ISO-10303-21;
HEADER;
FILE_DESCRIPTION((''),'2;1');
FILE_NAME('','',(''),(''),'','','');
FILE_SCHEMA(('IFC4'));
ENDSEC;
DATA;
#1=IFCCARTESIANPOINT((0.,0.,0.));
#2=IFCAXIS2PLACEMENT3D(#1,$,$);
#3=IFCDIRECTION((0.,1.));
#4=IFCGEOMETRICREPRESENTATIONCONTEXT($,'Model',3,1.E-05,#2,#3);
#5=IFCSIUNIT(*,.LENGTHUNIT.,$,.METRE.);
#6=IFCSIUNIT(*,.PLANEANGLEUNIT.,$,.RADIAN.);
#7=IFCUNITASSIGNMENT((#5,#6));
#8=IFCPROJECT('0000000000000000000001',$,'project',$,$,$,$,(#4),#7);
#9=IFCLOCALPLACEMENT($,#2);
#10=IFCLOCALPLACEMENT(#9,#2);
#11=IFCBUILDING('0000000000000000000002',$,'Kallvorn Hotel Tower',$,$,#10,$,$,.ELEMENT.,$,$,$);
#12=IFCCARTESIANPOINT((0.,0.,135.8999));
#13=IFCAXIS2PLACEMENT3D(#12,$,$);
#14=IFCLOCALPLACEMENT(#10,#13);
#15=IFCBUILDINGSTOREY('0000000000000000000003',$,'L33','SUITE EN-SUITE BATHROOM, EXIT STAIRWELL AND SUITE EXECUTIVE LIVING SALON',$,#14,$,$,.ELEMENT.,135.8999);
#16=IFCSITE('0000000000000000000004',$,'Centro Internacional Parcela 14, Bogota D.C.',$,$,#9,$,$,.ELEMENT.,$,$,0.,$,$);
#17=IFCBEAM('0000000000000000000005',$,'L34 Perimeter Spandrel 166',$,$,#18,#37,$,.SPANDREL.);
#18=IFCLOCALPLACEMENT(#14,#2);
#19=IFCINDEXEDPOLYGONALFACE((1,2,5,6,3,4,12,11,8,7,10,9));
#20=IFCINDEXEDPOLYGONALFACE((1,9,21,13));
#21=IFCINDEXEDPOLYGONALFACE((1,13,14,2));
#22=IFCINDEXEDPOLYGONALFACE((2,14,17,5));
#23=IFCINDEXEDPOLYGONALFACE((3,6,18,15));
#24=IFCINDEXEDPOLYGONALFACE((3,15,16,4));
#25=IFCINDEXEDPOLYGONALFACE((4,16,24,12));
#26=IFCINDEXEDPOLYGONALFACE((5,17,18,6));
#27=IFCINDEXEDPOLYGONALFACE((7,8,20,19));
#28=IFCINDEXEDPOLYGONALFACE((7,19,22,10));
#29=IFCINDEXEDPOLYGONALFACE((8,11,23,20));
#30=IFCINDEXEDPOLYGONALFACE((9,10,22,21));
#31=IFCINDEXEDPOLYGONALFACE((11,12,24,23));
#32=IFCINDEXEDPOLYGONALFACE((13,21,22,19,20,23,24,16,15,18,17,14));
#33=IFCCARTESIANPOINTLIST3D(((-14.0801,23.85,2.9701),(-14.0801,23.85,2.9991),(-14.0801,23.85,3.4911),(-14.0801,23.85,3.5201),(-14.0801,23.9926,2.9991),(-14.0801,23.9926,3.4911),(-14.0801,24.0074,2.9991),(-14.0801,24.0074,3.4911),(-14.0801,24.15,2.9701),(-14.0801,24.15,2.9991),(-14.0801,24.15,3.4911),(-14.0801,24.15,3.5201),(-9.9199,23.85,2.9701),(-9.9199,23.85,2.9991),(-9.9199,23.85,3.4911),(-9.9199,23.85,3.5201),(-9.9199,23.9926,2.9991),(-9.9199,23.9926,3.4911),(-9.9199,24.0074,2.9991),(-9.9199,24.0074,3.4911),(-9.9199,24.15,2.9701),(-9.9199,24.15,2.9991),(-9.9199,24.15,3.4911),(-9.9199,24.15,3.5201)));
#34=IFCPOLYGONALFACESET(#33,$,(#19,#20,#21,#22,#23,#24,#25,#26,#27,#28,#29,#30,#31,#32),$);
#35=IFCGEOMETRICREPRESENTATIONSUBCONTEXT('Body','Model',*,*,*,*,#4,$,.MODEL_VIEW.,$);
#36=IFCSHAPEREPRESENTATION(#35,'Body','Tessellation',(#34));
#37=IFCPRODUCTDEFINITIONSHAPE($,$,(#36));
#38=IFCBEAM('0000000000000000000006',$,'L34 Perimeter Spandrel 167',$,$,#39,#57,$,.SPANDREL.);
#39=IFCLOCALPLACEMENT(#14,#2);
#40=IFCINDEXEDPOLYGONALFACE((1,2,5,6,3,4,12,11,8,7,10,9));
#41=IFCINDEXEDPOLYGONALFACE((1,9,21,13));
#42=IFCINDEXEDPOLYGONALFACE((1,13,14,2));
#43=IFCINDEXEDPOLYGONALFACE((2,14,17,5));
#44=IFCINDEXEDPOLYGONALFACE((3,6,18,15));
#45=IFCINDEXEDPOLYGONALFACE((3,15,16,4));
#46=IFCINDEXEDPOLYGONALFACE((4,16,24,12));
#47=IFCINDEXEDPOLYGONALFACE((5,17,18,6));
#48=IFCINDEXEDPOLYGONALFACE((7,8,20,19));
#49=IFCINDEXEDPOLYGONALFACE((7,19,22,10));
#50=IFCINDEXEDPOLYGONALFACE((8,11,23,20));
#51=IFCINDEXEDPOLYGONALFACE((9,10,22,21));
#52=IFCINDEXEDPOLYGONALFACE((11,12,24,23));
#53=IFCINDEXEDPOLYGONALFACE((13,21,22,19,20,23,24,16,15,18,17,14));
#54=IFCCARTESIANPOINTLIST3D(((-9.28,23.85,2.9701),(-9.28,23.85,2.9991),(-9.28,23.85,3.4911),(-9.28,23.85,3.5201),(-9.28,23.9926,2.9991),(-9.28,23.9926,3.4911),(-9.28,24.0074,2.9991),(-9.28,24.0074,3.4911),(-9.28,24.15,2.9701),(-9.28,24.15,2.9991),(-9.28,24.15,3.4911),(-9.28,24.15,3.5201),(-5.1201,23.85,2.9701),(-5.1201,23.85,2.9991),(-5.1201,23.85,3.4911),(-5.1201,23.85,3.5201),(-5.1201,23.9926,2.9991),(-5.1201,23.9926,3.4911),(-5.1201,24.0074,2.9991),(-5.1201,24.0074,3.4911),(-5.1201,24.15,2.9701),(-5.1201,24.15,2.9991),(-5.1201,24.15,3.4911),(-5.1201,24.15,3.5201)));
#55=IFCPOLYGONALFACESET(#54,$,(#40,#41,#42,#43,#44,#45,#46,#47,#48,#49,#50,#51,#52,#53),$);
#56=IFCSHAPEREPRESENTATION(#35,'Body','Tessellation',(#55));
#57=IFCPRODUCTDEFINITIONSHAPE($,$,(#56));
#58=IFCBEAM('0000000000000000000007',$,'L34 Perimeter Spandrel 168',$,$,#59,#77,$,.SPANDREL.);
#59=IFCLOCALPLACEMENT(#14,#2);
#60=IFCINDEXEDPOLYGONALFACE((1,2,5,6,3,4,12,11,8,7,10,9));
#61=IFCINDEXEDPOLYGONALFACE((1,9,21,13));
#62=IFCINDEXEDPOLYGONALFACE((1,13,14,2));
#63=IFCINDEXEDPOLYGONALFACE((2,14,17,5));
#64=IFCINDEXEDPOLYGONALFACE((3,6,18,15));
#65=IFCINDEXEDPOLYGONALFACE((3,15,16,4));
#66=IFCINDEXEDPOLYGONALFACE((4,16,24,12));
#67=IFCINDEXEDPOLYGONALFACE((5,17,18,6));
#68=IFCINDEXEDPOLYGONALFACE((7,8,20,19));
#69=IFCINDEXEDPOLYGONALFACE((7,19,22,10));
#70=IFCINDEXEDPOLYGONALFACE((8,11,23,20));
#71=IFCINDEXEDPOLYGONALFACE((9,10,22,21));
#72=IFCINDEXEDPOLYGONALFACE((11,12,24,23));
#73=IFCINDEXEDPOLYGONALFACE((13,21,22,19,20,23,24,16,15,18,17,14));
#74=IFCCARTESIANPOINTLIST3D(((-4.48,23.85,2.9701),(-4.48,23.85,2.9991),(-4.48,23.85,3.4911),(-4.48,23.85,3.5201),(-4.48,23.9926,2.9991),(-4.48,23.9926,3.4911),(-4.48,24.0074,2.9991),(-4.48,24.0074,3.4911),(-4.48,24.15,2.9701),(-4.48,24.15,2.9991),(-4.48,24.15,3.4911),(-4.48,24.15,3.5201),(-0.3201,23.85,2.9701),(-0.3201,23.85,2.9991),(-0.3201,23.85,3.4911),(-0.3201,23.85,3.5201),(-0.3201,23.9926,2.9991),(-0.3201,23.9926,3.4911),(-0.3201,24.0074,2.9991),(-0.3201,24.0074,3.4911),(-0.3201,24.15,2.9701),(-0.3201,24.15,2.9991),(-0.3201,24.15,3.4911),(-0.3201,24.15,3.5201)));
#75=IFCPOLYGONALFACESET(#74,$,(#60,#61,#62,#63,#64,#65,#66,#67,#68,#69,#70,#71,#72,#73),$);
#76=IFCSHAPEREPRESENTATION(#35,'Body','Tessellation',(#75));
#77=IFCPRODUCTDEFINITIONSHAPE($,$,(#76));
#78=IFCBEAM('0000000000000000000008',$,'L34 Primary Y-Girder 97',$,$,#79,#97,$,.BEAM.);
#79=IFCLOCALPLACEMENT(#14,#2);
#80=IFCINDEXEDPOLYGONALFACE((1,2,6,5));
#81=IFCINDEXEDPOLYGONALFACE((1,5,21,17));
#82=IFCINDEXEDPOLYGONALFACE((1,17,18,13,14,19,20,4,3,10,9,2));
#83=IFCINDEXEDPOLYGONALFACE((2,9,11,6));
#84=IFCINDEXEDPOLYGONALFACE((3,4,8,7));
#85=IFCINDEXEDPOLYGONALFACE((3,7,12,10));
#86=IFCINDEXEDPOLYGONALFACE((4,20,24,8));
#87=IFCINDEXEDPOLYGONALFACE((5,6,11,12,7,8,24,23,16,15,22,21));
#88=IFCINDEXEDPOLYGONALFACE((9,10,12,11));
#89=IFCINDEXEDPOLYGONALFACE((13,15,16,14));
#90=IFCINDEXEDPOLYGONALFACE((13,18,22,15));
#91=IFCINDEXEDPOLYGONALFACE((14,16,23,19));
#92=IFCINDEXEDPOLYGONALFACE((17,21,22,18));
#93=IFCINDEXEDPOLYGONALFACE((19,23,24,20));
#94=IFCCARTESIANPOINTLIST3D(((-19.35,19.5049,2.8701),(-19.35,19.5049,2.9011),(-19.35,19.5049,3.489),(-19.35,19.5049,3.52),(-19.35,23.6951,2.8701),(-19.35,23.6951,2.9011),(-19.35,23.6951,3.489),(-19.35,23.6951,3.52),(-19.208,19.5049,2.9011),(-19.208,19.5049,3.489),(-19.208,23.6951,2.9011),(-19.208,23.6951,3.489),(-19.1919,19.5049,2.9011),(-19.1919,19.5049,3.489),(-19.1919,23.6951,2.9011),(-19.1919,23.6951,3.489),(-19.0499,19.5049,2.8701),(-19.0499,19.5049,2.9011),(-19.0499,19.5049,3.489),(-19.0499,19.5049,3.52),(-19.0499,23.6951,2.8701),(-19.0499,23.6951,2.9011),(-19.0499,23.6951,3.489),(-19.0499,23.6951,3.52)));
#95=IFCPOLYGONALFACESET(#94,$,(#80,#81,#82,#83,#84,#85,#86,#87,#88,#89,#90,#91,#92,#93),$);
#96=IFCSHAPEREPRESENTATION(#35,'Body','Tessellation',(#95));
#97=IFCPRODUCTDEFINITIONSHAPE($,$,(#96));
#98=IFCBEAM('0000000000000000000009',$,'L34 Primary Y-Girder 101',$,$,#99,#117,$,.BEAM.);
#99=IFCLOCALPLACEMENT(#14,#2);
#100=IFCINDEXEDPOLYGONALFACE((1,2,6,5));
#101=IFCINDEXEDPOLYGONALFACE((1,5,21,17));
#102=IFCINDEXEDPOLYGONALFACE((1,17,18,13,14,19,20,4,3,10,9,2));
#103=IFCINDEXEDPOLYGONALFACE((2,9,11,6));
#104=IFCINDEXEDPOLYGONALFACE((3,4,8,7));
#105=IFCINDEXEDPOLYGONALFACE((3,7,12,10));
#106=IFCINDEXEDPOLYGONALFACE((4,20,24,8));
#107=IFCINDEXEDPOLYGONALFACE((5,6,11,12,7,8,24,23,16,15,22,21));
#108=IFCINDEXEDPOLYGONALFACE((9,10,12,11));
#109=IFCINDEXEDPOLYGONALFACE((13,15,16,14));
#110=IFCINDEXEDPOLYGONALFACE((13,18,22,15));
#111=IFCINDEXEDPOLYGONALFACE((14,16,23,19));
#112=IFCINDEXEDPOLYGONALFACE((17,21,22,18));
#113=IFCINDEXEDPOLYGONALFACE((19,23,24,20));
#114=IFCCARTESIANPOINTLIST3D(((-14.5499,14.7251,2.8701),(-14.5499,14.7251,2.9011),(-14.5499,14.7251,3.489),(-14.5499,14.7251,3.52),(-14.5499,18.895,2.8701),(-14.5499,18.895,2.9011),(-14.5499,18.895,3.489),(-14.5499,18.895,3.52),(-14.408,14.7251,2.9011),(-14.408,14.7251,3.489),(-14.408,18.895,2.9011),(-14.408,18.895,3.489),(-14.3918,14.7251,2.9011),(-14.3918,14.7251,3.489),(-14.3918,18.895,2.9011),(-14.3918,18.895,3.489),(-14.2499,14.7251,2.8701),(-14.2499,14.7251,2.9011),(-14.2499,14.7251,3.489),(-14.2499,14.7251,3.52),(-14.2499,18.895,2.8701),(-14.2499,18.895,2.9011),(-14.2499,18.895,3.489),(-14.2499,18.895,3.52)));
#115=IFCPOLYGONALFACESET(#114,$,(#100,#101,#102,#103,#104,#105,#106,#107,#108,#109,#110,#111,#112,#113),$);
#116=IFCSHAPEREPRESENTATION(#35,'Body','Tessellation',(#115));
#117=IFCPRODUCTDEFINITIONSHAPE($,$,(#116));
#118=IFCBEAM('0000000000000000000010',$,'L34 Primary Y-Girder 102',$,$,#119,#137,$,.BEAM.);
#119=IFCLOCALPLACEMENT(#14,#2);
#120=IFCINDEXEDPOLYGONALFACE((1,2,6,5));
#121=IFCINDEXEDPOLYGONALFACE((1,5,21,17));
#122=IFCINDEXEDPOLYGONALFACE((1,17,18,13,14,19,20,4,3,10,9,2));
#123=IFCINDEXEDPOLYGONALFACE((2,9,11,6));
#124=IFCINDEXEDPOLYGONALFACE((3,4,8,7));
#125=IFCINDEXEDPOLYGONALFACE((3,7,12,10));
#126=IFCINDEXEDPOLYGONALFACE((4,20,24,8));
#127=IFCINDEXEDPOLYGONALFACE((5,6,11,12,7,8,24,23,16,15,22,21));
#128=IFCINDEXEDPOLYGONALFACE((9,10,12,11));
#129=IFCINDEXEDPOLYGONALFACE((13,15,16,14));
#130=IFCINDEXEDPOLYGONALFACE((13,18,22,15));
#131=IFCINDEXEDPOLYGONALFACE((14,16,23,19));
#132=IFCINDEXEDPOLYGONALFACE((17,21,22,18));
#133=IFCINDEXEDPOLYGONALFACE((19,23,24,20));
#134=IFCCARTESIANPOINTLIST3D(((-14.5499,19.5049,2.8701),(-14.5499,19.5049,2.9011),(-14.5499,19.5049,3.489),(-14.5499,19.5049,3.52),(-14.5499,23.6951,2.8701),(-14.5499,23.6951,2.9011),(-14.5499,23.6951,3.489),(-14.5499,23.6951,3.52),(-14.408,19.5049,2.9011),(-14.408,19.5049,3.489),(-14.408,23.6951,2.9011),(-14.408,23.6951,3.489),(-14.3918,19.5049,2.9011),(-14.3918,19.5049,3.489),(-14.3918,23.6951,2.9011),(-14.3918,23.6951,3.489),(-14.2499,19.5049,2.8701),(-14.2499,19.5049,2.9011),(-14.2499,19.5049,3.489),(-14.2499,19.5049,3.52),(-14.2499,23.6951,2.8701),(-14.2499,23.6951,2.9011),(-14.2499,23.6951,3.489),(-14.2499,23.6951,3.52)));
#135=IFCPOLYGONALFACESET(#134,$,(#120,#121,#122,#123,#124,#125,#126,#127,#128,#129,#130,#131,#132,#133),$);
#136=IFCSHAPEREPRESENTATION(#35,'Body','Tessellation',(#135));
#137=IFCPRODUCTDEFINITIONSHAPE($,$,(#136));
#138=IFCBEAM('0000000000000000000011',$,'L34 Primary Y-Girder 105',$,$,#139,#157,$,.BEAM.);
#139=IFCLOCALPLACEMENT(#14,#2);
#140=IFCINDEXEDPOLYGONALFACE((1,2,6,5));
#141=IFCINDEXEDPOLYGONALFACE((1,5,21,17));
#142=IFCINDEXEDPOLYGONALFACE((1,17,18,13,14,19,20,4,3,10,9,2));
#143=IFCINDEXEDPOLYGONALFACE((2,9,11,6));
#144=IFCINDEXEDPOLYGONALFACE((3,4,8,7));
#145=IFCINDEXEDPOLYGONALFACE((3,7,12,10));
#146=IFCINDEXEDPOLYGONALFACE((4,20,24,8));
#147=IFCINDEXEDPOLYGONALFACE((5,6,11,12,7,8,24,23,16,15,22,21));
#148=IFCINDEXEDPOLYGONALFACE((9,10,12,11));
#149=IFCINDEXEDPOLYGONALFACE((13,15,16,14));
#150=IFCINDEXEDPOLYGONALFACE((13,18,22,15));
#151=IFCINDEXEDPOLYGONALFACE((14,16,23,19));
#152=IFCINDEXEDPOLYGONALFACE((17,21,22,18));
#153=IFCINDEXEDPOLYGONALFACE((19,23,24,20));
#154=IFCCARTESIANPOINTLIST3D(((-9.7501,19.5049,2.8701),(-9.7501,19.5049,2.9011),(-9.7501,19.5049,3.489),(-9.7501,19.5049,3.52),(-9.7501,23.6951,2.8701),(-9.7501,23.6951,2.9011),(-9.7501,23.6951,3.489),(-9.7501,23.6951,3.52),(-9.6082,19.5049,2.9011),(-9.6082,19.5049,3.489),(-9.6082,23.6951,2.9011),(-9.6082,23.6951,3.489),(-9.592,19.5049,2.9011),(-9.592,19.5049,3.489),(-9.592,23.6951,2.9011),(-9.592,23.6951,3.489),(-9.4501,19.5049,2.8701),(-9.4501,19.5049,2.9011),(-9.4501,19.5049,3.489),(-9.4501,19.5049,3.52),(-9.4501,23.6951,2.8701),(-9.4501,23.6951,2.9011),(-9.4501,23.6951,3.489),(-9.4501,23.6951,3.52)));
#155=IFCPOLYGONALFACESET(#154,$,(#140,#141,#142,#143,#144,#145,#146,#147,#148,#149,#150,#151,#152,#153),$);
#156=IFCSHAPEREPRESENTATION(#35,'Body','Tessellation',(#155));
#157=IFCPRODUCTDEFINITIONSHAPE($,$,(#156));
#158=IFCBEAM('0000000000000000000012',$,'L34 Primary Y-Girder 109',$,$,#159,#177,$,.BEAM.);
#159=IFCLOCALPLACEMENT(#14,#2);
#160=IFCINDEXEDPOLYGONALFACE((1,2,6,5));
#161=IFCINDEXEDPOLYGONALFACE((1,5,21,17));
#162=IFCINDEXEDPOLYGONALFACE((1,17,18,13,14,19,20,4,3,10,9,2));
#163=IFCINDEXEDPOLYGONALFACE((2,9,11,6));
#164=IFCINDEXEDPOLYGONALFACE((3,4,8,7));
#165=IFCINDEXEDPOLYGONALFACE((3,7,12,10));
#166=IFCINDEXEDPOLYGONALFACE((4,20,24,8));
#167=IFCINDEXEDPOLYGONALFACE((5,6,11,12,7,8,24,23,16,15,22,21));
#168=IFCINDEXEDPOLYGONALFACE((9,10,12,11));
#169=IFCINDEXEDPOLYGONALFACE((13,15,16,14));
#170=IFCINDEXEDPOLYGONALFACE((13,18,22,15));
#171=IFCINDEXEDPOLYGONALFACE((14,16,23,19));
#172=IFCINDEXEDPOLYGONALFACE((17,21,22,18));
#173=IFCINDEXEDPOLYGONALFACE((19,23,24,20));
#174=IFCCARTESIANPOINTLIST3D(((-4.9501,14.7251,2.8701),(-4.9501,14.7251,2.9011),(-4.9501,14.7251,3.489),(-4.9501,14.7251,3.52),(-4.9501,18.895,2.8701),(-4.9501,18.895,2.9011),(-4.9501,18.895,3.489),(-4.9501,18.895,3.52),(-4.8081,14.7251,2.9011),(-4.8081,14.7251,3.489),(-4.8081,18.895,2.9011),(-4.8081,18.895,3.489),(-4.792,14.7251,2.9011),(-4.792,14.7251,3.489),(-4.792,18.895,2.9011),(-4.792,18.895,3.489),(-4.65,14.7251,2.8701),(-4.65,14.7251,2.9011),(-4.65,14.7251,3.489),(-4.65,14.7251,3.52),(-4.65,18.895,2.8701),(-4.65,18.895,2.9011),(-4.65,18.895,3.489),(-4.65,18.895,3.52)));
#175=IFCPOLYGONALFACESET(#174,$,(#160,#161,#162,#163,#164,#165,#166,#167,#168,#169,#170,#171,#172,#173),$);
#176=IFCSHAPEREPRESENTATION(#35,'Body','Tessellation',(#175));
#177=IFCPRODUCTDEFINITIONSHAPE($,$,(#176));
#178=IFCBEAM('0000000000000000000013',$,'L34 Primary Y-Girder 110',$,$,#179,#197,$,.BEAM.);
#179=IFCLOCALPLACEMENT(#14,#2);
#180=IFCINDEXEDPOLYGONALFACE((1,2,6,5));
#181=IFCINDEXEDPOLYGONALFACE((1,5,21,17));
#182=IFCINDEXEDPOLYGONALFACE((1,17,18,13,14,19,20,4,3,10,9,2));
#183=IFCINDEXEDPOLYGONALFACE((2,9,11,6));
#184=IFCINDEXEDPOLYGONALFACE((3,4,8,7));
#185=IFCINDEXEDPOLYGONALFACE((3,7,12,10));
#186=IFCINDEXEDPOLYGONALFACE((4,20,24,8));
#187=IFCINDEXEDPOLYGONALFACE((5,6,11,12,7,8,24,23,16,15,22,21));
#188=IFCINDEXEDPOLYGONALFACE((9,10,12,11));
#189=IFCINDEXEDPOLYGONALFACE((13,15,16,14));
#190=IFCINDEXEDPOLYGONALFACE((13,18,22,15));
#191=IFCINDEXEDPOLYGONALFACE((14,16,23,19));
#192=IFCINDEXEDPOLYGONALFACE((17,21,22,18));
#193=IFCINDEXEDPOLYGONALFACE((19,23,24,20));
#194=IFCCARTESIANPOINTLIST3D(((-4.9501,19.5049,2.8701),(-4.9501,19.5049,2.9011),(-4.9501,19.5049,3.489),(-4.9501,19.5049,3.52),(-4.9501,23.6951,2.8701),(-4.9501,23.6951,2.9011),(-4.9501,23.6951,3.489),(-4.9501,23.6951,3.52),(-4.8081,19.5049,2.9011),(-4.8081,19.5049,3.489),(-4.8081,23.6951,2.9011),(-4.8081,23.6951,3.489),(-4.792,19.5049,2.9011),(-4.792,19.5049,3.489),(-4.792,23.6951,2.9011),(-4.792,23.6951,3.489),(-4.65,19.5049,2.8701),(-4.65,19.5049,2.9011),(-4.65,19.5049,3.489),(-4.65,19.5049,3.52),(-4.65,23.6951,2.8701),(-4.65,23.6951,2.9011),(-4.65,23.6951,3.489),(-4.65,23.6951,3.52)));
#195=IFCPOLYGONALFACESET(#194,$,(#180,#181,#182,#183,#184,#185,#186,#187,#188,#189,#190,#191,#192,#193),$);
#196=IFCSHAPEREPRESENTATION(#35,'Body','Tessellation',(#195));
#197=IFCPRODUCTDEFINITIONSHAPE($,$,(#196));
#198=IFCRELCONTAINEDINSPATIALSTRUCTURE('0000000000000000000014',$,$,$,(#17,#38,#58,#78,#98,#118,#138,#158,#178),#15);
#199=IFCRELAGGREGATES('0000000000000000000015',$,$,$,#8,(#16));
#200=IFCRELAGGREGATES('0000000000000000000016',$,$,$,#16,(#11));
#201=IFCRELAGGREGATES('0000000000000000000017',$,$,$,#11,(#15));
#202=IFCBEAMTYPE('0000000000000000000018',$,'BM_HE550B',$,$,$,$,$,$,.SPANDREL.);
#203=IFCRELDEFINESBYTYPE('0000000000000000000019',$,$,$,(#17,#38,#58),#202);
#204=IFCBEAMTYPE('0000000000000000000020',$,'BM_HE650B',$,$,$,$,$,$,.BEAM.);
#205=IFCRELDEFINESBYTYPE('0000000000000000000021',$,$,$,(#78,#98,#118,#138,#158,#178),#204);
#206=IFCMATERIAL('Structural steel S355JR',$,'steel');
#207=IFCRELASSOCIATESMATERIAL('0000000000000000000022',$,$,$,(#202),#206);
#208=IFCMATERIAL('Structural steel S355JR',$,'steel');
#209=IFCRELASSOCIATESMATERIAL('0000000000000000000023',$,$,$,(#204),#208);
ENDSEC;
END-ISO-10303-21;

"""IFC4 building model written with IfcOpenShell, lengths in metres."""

from ifc_helpers import new_model, si_unit, direction, frame, origin, origin_2d, place, context, subcontext, project, spatial, i_section, extrude, material, material_profile, profile_set, type_object, element, save


model = new_model("IFC4")

# Units and contexts
model_context = context("Model", 3, precision=1e-05, world=origin(), true_north=direction((0.0, 1.0)))
body_context = subcontext(model_context, "Body", "Model", "MODEL_VIEW")
ifc_project = project(units=[si_unit("LENGTHUNIT", "METRE"), si_unit("PLANEANGLEUNIT", "RADIAN")], contexts=[model_context])

# Site, building, storey
site_placement = place(None, origin())
site = spatial("IfcSite", under=ifc_project, at=site_placement, Name="Centro Internacional Parcela 14, Bogota D.C.", CompositionType="ELEMENT", RefElevation=0.0)
building_placement = place(site_placement, origin())
building = spatial("IfcBuilding", under=site, at=building_placement, Name="Kallvorn Hotel Tower", CompositionType="ELEMENT")
storey_placement = place(building_placement, frame((0.0, 0.0, 135.8999)))
storey = spatial("IfcBuildingStorey", under=building, at=storey_placement, Name="L33", Description="SUITE EN-SUITE BATHROOM, EXIT STAIRWELL AND SUITE EXECUTIVE LIVING SALON", CompositionType="ELEMENT", Elevation=135.8999)

# Beams
ifc_material_1 = material(Name="Structural steel S355JR", Category="steel")
ifc_material_profile_1 = material_profile(ifc_material_1, i_section(OverallWidth=0.3, OverallDepth=0.55, WebThickness=0.0149, FlangeThickness=0.0291, at=origin_2d()), Name="HE 550 B")
ifc_profile_set_1 = profile_set([ifc_material_profile_1], Name="Structural steel S355JR")
beam_type_1 = type_object("IfcBeamType", Name="BM_HE550B", PredefinedType="SPANDREL", material=ifc_profile_set_1)
beam_1_placement = place(storey_placement, frame((-14.0801, 24.0, 3.2451), z_axis=(1.0, 0.0, 0.0), x_axis=(0.0, 1.0, 0.0)))
element("IfcBeam", 1, at=beam_1_placement, inside=storey, type_object=beam_type_1, Name="L34 Perimeter Spandrel 166", PredefinedType="SPANDREL", context=body_context, shape_type="SweptSolid", body=[
    extrude(i_section(OverallWidth=0.3, OverallDepth=0.55, WebThickness=0.0149, FlangeThickness=0.0291, at=origin_2d()), origin(), (0.0, 0.0, 1.0), 4.1602),
])
for number, where, z_axis, x_axis, name in (
    (2, (-9.28, 24.0, 3.2451), (1.0, 0.0, 0.0), (0.0, 1.0, 0.0), "L34 Perimeter Spandrel 167"),
    (3, (-4.48, 24.0, 3.2451), (1.0, 0.0, 0.0), (0.0, 1.0, 0.0), "L34 Perimeter Spandrel 168"),
):
    element("IfcBeam", number, at=place(storey_placement, frame(where, z_axis=z_axis, x_axis=x_axis)), inside=storey, type_object=beam_type_1, Name=name, PredefinedType="SPANDREL", context=body_context, shape_type="SweptSolid", body=[
        extrude(i_section(OverallWidth=0.3, OverallDepth=0.55, WebThickness=0.0149, FlangeThickness=0.0291, at=origin_2d()), origin(), (0.0, 0.0, 1.0), 4.1599),
    ])
ifc_material_2 = material(Name="Structural steel S355JR", Category="steel")
ifc_material_profile_2 = material_profile(ifc_material_2, i_section(OverallWidth=0.3, OverallDepth=0.6499, WebThickness=0.0161, FlangeThickness=0.031, at=origin_2d()), Name="HE 650 B")
ifc_profile_set_2 = profile_set([ifc_material_profile_2], Name="Structural steel S355JR")
beam_type_2 = type_object("IfcBeamType", Name="BM_HE650B", PredefinedType="BEAM", material=ifc_profile_set_2)
beam_2_placement = place(storey_placement, frame((-19.2, 19.5049, 3.1951), z_axis=(0.0, 1.0, 0.0), x_axis=(-1.0, 0.0, 0.0)))
element("IfcBeam", 4, at=beam_2_placement, inside=storey, type_object=beam_type_2, Name="L34 Primary Y-Girder 97", PredefinedType="BEAM", context=body_context, shape_type="SweptSolid", body=[
    extrude(i_section(OverallWidth=0.3, OverallDepth=0.6499, WebThickness=0.0161, FlangeThickness=0.031, at=origin_2d()), origin(), (0.0, 0.0, 1.0), 4.1902),
])
beam_3_placement = place(storey_placement, frame((-14.3999, 14.7251, 3.1951), z_axis=(0.0, 1.0, 0.0), x_axis=(-1.0, 0.0, 0.0)))
element("IfcBeam", 5, at=beam_3_placement, inside=storey, type_object=beam_type_2, Name="L34 Primary Y-Girder 101", PredefinedType="BEAM", context=body_context, shape_type="SweptSolid", body=[
    extrude(i_section(OverallWidth=0.3, OverallDepth=0.6499, WebThickness=0.0161, FlangeThickness=0.031, at=origin_2d()), origin(), (0.0, 0.0, 1.0), 4.1699),
])
for number, where, z_axis, x_axis, name in (
    (6, (-14.3999, 19.5049, 3.1951), (0.0, 1.0, 0.0), (-1.0, 0.0, 0.0), "L34 Primary Y-Girder 102"),
    (7, (-9.6001, 19.5049, 3.1951), (0.0, 1.0, 0.0), (-1.0, 0.0, 0.0), "L34 Primary Y-Girder 105"),
):
    element("IfcBeam", number, at=place(storey_placement, frame(where, z_axis=z_axis, x_axis=x_axis)), inside=storey, type_object=beam_type_2, Name=name, PredefinedType="BEAM", context=body_context, shape_type="SweptSolid", body=[
        extrude(i_section(OverallWidth=0.3, OverallDepth=0.6499, WebThickness=0.0161, FlangeThickness=0.031, at=origin_2d()), origin(), (0.0, 0.0, 1.0), 4.1902),
    ])
beam_4_placement = place(storey_placement, frame((-4.8, 14.7251, 3.1951), z_axis=(0.0, 1.0, 0.0), x_axis=(-1.0, 0.0, 0.0)))
element("IfcBeam", 8, at=beam_4_placement, inside=storey, type_object=beam_type_2, Name="L34 Primary Y-Girder 109", PredefinedType="BEAM", context=body_context, shape_type="SweptSolid", body=[
    extrude(i_section(OverallWidth=0.3, OverallDepth=0.6499, WebThickness=0.0161, FlangeThickness=0.031, at=origin_2d()), origin(), (0.0, 0.0, 1.0), 4.1699),
])
beam_5_placement = place(storey_placement, frame((-4.8, 19.5049, 3.1951), z_axis=(0.0, 1.0, 0.0), x_axis=(-1.0, 0.0, 0.0)))
element("IfcBeam", 9, at=beam_5_placement, inside=storey, type_object=beam_type_2, Name="L34 Primary Y-Girder 110", PredefinedType="BEAM", context=body_context, shape_type="SweptSolid", body=[
    extrude(i_section(OverallWidth=0.3, OverallDepth=0.6499, WebThickness=0.0161, FlangeThickness=0.031, at=origin_2d()), origin(), (0.0, 0.0, 1.0), 4.1902),
])

save(model, "model.ifc")
